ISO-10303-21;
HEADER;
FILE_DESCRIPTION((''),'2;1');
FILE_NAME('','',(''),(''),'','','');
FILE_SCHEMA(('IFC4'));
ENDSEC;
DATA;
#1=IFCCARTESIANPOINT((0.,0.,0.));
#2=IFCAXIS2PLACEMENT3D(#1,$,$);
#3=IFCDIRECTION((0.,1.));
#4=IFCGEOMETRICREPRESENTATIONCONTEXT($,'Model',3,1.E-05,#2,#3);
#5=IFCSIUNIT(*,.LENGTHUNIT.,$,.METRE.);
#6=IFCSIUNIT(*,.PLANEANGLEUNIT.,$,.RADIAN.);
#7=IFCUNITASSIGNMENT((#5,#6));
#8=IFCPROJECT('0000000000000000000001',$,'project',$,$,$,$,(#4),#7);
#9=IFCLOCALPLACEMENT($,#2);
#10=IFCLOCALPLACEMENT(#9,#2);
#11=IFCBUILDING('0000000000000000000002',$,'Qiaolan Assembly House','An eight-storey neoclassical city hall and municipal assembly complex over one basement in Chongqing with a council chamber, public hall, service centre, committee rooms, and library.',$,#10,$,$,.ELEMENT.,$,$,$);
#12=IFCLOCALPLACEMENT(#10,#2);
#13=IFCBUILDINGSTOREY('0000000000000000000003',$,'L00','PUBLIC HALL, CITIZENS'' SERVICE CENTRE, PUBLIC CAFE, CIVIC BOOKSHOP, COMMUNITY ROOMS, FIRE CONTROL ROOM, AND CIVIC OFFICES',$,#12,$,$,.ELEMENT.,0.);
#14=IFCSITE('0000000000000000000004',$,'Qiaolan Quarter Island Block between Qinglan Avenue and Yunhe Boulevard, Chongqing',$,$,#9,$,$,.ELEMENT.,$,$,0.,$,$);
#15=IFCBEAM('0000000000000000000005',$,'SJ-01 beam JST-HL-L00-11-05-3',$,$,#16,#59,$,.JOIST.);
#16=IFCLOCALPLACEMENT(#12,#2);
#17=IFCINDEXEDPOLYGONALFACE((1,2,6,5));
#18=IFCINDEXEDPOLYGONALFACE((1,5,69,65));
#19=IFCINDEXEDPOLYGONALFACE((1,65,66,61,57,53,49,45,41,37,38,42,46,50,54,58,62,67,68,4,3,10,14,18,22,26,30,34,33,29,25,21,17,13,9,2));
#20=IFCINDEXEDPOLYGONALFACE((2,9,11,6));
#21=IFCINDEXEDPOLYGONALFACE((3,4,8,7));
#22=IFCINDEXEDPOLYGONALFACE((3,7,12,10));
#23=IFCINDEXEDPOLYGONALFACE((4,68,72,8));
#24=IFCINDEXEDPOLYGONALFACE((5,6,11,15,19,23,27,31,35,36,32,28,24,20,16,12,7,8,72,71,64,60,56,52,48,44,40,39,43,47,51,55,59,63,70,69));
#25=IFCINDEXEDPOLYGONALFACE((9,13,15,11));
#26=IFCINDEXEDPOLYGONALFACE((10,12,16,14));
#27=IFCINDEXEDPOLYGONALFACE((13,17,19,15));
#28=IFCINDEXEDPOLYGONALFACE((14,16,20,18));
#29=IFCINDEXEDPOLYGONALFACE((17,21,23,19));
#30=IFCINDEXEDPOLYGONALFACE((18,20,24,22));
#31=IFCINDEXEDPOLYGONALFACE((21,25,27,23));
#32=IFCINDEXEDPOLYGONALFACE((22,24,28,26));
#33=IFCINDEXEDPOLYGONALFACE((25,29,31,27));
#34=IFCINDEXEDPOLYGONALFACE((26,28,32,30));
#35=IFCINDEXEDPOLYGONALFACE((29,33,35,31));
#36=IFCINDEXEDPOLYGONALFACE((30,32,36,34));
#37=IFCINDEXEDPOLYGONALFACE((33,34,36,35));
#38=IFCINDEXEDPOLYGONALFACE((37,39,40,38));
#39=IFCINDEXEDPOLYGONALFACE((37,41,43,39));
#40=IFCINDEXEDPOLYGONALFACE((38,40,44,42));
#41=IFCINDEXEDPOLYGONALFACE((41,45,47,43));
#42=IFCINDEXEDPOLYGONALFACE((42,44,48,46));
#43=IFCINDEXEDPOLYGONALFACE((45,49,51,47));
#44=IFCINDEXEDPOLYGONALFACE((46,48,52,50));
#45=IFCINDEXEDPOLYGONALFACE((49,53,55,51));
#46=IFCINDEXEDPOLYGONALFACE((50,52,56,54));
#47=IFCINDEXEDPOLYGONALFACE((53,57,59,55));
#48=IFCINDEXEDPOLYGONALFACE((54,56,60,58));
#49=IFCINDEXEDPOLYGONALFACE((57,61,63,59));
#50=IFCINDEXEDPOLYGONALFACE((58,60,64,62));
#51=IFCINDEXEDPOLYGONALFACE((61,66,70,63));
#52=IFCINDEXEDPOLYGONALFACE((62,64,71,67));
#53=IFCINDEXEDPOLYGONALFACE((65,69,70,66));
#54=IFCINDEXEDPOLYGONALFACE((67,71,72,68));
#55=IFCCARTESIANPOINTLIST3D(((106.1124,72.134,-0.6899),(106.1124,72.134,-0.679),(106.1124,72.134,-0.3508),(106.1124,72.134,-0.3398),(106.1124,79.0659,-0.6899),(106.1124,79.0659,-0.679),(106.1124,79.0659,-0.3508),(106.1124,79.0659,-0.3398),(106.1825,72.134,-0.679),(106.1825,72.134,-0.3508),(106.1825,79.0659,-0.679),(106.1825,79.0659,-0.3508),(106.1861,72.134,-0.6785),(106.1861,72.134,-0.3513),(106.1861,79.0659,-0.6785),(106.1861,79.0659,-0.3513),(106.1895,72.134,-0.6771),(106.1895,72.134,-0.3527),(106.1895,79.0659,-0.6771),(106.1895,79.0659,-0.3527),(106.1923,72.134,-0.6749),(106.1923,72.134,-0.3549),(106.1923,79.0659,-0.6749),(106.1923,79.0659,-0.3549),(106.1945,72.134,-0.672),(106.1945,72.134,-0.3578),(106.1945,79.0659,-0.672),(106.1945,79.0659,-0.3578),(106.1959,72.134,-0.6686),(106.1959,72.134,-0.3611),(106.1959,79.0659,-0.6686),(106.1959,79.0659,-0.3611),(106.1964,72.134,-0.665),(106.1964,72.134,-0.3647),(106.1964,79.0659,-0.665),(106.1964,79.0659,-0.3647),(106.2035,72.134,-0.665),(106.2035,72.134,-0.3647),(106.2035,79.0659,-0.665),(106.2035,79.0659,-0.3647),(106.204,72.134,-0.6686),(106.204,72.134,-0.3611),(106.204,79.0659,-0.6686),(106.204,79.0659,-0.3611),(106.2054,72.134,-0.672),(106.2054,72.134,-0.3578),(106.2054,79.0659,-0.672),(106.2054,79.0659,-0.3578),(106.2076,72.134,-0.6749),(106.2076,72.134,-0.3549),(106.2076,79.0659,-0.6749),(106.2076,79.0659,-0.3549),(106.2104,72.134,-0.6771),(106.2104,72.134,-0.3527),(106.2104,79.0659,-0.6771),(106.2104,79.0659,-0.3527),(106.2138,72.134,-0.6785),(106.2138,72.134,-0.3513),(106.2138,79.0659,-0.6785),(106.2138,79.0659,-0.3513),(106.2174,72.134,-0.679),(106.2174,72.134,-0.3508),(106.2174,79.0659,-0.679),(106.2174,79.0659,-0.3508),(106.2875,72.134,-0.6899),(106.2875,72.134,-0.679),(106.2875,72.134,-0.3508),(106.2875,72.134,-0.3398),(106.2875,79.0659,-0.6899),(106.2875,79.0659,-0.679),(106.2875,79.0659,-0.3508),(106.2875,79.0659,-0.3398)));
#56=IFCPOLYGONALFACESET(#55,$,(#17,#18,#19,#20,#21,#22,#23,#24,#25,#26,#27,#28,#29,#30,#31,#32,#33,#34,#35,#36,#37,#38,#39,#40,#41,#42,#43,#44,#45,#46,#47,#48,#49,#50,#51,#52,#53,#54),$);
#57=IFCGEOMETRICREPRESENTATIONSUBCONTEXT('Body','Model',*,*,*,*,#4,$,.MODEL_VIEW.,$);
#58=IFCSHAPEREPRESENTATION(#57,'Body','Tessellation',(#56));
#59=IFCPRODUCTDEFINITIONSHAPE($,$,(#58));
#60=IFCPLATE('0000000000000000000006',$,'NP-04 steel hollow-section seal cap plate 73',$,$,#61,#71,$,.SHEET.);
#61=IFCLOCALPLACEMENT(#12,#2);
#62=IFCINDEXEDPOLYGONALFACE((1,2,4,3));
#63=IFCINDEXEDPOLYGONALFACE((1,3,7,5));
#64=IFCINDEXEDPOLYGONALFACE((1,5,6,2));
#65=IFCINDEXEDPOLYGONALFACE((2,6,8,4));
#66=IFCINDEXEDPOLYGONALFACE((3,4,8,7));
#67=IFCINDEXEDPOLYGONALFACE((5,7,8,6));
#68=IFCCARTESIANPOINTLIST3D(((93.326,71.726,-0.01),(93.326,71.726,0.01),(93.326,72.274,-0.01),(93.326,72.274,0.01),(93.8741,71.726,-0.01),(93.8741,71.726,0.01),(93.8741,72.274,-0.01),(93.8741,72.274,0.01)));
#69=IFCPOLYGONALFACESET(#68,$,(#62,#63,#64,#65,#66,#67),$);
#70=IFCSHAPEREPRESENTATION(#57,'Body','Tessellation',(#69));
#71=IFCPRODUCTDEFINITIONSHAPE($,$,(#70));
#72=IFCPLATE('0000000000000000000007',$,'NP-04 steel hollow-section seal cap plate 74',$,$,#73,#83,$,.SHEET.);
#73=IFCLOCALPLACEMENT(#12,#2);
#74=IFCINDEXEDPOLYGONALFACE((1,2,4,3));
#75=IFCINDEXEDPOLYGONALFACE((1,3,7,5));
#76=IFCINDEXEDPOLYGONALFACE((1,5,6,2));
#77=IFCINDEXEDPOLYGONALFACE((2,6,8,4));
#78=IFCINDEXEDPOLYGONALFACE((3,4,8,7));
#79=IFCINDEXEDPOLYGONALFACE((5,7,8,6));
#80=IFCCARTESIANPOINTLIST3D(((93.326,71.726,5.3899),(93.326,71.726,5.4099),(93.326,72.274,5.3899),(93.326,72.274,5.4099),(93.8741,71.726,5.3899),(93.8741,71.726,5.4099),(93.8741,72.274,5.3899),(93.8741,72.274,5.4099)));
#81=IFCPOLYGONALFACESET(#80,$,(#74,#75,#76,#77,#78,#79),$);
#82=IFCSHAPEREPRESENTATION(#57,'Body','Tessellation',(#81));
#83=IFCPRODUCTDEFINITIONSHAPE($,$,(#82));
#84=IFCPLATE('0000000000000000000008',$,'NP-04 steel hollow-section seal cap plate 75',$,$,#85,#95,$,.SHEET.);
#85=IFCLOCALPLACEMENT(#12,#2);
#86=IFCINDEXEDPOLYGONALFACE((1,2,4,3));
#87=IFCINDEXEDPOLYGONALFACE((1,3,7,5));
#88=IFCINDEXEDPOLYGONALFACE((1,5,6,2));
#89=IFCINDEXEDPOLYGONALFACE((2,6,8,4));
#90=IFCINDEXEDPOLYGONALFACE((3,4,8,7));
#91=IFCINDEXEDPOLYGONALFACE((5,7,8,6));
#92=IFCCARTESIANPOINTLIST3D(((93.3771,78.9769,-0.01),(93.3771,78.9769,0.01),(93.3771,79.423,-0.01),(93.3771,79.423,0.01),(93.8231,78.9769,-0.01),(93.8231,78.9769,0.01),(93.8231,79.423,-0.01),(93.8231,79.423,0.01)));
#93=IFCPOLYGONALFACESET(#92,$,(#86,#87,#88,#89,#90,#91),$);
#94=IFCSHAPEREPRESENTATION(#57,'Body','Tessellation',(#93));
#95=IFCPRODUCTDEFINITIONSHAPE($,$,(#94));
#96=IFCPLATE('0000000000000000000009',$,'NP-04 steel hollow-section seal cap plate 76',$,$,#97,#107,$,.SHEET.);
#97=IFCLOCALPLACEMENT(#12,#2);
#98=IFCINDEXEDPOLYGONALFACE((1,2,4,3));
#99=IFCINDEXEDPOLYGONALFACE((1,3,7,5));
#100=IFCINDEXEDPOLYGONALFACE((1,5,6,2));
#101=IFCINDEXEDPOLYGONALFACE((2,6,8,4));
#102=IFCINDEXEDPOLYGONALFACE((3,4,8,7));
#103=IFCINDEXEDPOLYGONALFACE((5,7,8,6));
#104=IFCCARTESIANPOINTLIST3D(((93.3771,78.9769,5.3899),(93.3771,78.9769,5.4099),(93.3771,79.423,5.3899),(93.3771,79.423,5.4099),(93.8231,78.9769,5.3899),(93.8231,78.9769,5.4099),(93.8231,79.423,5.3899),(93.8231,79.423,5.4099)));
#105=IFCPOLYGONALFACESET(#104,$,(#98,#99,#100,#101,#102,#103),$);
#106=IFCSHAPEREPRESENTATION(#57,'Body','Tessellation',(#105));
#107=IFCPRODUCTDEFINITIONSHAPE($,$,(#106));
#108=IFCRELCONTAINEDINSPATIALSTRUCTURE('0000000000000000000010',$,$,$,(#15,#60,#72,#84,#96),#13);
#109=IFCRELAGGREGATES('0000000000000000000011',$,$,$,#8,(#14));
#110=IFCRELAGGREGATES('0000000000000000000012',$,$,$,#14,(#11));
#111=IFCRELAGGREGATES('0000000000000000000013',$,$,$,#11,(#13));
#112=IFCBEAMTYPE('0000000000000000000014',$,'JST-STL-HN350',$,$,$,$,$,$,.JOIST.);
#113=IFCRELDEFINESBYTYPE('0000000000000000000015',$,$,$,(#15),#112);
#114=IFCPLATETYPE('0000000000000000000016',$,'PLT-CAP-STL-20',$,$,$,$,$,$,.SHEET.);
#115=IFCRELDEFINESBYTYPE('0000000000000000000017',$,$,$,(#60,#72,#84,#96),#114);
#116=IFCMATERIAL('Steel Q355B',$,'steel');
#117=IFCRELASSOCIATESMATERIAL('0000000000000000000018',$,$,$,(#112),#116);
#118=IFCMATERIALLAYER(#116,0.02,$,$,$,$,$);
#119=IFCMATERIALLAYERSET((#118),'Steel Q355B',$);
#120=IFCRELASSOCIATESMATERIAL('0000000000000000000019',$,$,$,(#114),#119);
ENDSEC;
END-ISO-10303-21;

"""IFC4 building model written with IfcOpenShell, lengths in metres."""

from ifc_helpers import new_model, si_unit, direction, frame, origin, origin_2d, place, context, subcontext, project, spatial, rectangle, i_section, extrude, material, layer, layer_set, material_profile, profile_set, type_object, element, save


model = new_model("IFC4")

# Units and contexts
model_context = context("Model", 3, precision=1e-05, world=origin(), true_north=direction((0.0, 1.0)))
body_context = subcontext(model_context, "Body", "Model", "MODEL_VIEW")
ifc_project = project(units=[si_unit("LENGTHUNIT", "METRE"), si_unit("PLANEANGLEUNIT", "RADIAN")], contexts=[model_context])

# Site, building, storey
site_placement = place(None, origin())
site = spatial("IfcSite", under=ifc_project, at=site_placement, Name="Qiaolan Quarter Island Block between Qinglan Avenue and Yunhe Boulevard, Chongqing", CompositionType="ELEMENT", RefElevation=0.0)
building_placement = place(site_placement, origin())
building = spatial("IfcBuilding", under=site, at=building_placement, Name="Qiaolan Assembly House", Description="An eight-storey neoclassical city hall and municipal assembly complex over one basement in Chongqing with a council chamber, public hall, service centre, committee rooms, and library.", CompositionType="ELEMENT")
storey_placement = place(building_placement, origin())
storey = spatial("IfcBuildingStorey", under=building, at=storey_placement, Name="L00", Description="PUBLIC HALL, CITIZENS' SERVICE CENTRE, PUBLIC CAFE, CIVIC BOOKSHOP, COMMUNITY ROOMS, FIRE CONTROL ROOM, AND CIVIC OFFICES", CompositionType="ELEMENT", Elevation=0.0)

# Shared definitions
ifc_material_1 = material(Name="Steel Q355B", Category="steel")

# Beam
ifc_material_profile_1 = material_profile(ifc_material_1, i_section(OverallWidth=0.175, OverallDepth=0.3501, WebThickness=0.0071, FlangeThickness=0.011, FilletRadius=0.0139, at=origin_2d()), Name="HN 350x175x7x11")
ifc_profile_set_1 = profile_set([ifc_material_profile_1], Name="Steel Q355B")
beam_type_1 = type_object("IfcBeamType", Name="JST-STL-HN350", PredefinedType="JOIST", material=ifc_profile_set_1)
for number, where, z_axis, x_axis, name in (
    (1, (106.2, 72.134, -0.5149), (0.0, 1.0, 0.0), (-1.0, 0.0, 0.0), "SJ-01 beam JST-HL-L00-11-05-3"),
):
    element("IfcBeam", number, at=place(storey_placement, frame(where, z_axis=z_axis, x_axis=x_axis)), inside=storey, type_object=beam_type_1, Name=name, PredefinedType="JOIST", context=body_context, shape_type="SweptSolid", body=[
        extrude(i_section(OverallWidth=0.175, OverallDepth=0.3501, WebThickness=0.0071, FlangeThickness=0.011, FilletRadius=0.0139, at=origin_2d()), origin(), (0.0, 0.0, 1.0), 6.9319),
    ])

# Plates
ifc_layer = layer(ifc_material_1, 0.02)
ifc_layer_set = layer_set([ifc_layer], Name="Steel Q355B")
plate_type = type_object("IfcPlateType", Name="PLT-CAP-STL-20", PredefinedType="SHEET", material=ifc_layer_set)
for number, where, z_axis, x_axis, name in (
    (2, (93.6001, 72.0, -0.01), (0.0, 0.0, 1.0), (1.0, 0.0, 0.0), "NP-04 steel hollow-section seal cap plate 73"),
    (3, (93.6001, 72.0, 5.3899), (0.0, 0.0, 1.0), (1.0, 0.0, 0.0), "NP-04 steel hollow-section seal cap plate 74"),
):
    element("IfcPlate", number, at=place(storey_placement, frame(where, z_axis=z_axis, x_axis=x_axis)), inside=storey, type_object=plate_type, Name=name, PredefinedType="SHEET", context=body_context, shape_type="SweptSolid", body=[
        extrude(rectangle(XDim=0.5481, YDim=0.5481, at=origin_2d()), origin(), (0.0, 0.0, 1.0), 0.02),
    ])
for number, where, z_axis, x_axis, name in (
    (4, (93.6001, 79.2, -0.01), (0.0, 0.0, 1.0), (1.0, 0.0, 0.0), "NP-04 steel hollow-section seal cap plate 75"),
    (5, (93.6001, 79.2, 5.3899), (0.0, 0.0, 1.0), (1.0, 0.0, 0.0), "NP-04 steel hollow-section seal cap plate 76"),
):
    element("IfcPlate", number, at=place(storey_placement, frame(where, z_axis=z_axis, x_axis=x_axis)), inside=storey, type_object=plate_type, Name=name, PredefinedType="SHEET", context=body_context, shape_type="SweptSolid", body=[
        extrude(rectangle(XDim=0.446, YDim=0.446, at=origin_2d()), origin(), (0.0, 0.0, 1.0), 0.02),
    ])

save(model, "model.ifc")
